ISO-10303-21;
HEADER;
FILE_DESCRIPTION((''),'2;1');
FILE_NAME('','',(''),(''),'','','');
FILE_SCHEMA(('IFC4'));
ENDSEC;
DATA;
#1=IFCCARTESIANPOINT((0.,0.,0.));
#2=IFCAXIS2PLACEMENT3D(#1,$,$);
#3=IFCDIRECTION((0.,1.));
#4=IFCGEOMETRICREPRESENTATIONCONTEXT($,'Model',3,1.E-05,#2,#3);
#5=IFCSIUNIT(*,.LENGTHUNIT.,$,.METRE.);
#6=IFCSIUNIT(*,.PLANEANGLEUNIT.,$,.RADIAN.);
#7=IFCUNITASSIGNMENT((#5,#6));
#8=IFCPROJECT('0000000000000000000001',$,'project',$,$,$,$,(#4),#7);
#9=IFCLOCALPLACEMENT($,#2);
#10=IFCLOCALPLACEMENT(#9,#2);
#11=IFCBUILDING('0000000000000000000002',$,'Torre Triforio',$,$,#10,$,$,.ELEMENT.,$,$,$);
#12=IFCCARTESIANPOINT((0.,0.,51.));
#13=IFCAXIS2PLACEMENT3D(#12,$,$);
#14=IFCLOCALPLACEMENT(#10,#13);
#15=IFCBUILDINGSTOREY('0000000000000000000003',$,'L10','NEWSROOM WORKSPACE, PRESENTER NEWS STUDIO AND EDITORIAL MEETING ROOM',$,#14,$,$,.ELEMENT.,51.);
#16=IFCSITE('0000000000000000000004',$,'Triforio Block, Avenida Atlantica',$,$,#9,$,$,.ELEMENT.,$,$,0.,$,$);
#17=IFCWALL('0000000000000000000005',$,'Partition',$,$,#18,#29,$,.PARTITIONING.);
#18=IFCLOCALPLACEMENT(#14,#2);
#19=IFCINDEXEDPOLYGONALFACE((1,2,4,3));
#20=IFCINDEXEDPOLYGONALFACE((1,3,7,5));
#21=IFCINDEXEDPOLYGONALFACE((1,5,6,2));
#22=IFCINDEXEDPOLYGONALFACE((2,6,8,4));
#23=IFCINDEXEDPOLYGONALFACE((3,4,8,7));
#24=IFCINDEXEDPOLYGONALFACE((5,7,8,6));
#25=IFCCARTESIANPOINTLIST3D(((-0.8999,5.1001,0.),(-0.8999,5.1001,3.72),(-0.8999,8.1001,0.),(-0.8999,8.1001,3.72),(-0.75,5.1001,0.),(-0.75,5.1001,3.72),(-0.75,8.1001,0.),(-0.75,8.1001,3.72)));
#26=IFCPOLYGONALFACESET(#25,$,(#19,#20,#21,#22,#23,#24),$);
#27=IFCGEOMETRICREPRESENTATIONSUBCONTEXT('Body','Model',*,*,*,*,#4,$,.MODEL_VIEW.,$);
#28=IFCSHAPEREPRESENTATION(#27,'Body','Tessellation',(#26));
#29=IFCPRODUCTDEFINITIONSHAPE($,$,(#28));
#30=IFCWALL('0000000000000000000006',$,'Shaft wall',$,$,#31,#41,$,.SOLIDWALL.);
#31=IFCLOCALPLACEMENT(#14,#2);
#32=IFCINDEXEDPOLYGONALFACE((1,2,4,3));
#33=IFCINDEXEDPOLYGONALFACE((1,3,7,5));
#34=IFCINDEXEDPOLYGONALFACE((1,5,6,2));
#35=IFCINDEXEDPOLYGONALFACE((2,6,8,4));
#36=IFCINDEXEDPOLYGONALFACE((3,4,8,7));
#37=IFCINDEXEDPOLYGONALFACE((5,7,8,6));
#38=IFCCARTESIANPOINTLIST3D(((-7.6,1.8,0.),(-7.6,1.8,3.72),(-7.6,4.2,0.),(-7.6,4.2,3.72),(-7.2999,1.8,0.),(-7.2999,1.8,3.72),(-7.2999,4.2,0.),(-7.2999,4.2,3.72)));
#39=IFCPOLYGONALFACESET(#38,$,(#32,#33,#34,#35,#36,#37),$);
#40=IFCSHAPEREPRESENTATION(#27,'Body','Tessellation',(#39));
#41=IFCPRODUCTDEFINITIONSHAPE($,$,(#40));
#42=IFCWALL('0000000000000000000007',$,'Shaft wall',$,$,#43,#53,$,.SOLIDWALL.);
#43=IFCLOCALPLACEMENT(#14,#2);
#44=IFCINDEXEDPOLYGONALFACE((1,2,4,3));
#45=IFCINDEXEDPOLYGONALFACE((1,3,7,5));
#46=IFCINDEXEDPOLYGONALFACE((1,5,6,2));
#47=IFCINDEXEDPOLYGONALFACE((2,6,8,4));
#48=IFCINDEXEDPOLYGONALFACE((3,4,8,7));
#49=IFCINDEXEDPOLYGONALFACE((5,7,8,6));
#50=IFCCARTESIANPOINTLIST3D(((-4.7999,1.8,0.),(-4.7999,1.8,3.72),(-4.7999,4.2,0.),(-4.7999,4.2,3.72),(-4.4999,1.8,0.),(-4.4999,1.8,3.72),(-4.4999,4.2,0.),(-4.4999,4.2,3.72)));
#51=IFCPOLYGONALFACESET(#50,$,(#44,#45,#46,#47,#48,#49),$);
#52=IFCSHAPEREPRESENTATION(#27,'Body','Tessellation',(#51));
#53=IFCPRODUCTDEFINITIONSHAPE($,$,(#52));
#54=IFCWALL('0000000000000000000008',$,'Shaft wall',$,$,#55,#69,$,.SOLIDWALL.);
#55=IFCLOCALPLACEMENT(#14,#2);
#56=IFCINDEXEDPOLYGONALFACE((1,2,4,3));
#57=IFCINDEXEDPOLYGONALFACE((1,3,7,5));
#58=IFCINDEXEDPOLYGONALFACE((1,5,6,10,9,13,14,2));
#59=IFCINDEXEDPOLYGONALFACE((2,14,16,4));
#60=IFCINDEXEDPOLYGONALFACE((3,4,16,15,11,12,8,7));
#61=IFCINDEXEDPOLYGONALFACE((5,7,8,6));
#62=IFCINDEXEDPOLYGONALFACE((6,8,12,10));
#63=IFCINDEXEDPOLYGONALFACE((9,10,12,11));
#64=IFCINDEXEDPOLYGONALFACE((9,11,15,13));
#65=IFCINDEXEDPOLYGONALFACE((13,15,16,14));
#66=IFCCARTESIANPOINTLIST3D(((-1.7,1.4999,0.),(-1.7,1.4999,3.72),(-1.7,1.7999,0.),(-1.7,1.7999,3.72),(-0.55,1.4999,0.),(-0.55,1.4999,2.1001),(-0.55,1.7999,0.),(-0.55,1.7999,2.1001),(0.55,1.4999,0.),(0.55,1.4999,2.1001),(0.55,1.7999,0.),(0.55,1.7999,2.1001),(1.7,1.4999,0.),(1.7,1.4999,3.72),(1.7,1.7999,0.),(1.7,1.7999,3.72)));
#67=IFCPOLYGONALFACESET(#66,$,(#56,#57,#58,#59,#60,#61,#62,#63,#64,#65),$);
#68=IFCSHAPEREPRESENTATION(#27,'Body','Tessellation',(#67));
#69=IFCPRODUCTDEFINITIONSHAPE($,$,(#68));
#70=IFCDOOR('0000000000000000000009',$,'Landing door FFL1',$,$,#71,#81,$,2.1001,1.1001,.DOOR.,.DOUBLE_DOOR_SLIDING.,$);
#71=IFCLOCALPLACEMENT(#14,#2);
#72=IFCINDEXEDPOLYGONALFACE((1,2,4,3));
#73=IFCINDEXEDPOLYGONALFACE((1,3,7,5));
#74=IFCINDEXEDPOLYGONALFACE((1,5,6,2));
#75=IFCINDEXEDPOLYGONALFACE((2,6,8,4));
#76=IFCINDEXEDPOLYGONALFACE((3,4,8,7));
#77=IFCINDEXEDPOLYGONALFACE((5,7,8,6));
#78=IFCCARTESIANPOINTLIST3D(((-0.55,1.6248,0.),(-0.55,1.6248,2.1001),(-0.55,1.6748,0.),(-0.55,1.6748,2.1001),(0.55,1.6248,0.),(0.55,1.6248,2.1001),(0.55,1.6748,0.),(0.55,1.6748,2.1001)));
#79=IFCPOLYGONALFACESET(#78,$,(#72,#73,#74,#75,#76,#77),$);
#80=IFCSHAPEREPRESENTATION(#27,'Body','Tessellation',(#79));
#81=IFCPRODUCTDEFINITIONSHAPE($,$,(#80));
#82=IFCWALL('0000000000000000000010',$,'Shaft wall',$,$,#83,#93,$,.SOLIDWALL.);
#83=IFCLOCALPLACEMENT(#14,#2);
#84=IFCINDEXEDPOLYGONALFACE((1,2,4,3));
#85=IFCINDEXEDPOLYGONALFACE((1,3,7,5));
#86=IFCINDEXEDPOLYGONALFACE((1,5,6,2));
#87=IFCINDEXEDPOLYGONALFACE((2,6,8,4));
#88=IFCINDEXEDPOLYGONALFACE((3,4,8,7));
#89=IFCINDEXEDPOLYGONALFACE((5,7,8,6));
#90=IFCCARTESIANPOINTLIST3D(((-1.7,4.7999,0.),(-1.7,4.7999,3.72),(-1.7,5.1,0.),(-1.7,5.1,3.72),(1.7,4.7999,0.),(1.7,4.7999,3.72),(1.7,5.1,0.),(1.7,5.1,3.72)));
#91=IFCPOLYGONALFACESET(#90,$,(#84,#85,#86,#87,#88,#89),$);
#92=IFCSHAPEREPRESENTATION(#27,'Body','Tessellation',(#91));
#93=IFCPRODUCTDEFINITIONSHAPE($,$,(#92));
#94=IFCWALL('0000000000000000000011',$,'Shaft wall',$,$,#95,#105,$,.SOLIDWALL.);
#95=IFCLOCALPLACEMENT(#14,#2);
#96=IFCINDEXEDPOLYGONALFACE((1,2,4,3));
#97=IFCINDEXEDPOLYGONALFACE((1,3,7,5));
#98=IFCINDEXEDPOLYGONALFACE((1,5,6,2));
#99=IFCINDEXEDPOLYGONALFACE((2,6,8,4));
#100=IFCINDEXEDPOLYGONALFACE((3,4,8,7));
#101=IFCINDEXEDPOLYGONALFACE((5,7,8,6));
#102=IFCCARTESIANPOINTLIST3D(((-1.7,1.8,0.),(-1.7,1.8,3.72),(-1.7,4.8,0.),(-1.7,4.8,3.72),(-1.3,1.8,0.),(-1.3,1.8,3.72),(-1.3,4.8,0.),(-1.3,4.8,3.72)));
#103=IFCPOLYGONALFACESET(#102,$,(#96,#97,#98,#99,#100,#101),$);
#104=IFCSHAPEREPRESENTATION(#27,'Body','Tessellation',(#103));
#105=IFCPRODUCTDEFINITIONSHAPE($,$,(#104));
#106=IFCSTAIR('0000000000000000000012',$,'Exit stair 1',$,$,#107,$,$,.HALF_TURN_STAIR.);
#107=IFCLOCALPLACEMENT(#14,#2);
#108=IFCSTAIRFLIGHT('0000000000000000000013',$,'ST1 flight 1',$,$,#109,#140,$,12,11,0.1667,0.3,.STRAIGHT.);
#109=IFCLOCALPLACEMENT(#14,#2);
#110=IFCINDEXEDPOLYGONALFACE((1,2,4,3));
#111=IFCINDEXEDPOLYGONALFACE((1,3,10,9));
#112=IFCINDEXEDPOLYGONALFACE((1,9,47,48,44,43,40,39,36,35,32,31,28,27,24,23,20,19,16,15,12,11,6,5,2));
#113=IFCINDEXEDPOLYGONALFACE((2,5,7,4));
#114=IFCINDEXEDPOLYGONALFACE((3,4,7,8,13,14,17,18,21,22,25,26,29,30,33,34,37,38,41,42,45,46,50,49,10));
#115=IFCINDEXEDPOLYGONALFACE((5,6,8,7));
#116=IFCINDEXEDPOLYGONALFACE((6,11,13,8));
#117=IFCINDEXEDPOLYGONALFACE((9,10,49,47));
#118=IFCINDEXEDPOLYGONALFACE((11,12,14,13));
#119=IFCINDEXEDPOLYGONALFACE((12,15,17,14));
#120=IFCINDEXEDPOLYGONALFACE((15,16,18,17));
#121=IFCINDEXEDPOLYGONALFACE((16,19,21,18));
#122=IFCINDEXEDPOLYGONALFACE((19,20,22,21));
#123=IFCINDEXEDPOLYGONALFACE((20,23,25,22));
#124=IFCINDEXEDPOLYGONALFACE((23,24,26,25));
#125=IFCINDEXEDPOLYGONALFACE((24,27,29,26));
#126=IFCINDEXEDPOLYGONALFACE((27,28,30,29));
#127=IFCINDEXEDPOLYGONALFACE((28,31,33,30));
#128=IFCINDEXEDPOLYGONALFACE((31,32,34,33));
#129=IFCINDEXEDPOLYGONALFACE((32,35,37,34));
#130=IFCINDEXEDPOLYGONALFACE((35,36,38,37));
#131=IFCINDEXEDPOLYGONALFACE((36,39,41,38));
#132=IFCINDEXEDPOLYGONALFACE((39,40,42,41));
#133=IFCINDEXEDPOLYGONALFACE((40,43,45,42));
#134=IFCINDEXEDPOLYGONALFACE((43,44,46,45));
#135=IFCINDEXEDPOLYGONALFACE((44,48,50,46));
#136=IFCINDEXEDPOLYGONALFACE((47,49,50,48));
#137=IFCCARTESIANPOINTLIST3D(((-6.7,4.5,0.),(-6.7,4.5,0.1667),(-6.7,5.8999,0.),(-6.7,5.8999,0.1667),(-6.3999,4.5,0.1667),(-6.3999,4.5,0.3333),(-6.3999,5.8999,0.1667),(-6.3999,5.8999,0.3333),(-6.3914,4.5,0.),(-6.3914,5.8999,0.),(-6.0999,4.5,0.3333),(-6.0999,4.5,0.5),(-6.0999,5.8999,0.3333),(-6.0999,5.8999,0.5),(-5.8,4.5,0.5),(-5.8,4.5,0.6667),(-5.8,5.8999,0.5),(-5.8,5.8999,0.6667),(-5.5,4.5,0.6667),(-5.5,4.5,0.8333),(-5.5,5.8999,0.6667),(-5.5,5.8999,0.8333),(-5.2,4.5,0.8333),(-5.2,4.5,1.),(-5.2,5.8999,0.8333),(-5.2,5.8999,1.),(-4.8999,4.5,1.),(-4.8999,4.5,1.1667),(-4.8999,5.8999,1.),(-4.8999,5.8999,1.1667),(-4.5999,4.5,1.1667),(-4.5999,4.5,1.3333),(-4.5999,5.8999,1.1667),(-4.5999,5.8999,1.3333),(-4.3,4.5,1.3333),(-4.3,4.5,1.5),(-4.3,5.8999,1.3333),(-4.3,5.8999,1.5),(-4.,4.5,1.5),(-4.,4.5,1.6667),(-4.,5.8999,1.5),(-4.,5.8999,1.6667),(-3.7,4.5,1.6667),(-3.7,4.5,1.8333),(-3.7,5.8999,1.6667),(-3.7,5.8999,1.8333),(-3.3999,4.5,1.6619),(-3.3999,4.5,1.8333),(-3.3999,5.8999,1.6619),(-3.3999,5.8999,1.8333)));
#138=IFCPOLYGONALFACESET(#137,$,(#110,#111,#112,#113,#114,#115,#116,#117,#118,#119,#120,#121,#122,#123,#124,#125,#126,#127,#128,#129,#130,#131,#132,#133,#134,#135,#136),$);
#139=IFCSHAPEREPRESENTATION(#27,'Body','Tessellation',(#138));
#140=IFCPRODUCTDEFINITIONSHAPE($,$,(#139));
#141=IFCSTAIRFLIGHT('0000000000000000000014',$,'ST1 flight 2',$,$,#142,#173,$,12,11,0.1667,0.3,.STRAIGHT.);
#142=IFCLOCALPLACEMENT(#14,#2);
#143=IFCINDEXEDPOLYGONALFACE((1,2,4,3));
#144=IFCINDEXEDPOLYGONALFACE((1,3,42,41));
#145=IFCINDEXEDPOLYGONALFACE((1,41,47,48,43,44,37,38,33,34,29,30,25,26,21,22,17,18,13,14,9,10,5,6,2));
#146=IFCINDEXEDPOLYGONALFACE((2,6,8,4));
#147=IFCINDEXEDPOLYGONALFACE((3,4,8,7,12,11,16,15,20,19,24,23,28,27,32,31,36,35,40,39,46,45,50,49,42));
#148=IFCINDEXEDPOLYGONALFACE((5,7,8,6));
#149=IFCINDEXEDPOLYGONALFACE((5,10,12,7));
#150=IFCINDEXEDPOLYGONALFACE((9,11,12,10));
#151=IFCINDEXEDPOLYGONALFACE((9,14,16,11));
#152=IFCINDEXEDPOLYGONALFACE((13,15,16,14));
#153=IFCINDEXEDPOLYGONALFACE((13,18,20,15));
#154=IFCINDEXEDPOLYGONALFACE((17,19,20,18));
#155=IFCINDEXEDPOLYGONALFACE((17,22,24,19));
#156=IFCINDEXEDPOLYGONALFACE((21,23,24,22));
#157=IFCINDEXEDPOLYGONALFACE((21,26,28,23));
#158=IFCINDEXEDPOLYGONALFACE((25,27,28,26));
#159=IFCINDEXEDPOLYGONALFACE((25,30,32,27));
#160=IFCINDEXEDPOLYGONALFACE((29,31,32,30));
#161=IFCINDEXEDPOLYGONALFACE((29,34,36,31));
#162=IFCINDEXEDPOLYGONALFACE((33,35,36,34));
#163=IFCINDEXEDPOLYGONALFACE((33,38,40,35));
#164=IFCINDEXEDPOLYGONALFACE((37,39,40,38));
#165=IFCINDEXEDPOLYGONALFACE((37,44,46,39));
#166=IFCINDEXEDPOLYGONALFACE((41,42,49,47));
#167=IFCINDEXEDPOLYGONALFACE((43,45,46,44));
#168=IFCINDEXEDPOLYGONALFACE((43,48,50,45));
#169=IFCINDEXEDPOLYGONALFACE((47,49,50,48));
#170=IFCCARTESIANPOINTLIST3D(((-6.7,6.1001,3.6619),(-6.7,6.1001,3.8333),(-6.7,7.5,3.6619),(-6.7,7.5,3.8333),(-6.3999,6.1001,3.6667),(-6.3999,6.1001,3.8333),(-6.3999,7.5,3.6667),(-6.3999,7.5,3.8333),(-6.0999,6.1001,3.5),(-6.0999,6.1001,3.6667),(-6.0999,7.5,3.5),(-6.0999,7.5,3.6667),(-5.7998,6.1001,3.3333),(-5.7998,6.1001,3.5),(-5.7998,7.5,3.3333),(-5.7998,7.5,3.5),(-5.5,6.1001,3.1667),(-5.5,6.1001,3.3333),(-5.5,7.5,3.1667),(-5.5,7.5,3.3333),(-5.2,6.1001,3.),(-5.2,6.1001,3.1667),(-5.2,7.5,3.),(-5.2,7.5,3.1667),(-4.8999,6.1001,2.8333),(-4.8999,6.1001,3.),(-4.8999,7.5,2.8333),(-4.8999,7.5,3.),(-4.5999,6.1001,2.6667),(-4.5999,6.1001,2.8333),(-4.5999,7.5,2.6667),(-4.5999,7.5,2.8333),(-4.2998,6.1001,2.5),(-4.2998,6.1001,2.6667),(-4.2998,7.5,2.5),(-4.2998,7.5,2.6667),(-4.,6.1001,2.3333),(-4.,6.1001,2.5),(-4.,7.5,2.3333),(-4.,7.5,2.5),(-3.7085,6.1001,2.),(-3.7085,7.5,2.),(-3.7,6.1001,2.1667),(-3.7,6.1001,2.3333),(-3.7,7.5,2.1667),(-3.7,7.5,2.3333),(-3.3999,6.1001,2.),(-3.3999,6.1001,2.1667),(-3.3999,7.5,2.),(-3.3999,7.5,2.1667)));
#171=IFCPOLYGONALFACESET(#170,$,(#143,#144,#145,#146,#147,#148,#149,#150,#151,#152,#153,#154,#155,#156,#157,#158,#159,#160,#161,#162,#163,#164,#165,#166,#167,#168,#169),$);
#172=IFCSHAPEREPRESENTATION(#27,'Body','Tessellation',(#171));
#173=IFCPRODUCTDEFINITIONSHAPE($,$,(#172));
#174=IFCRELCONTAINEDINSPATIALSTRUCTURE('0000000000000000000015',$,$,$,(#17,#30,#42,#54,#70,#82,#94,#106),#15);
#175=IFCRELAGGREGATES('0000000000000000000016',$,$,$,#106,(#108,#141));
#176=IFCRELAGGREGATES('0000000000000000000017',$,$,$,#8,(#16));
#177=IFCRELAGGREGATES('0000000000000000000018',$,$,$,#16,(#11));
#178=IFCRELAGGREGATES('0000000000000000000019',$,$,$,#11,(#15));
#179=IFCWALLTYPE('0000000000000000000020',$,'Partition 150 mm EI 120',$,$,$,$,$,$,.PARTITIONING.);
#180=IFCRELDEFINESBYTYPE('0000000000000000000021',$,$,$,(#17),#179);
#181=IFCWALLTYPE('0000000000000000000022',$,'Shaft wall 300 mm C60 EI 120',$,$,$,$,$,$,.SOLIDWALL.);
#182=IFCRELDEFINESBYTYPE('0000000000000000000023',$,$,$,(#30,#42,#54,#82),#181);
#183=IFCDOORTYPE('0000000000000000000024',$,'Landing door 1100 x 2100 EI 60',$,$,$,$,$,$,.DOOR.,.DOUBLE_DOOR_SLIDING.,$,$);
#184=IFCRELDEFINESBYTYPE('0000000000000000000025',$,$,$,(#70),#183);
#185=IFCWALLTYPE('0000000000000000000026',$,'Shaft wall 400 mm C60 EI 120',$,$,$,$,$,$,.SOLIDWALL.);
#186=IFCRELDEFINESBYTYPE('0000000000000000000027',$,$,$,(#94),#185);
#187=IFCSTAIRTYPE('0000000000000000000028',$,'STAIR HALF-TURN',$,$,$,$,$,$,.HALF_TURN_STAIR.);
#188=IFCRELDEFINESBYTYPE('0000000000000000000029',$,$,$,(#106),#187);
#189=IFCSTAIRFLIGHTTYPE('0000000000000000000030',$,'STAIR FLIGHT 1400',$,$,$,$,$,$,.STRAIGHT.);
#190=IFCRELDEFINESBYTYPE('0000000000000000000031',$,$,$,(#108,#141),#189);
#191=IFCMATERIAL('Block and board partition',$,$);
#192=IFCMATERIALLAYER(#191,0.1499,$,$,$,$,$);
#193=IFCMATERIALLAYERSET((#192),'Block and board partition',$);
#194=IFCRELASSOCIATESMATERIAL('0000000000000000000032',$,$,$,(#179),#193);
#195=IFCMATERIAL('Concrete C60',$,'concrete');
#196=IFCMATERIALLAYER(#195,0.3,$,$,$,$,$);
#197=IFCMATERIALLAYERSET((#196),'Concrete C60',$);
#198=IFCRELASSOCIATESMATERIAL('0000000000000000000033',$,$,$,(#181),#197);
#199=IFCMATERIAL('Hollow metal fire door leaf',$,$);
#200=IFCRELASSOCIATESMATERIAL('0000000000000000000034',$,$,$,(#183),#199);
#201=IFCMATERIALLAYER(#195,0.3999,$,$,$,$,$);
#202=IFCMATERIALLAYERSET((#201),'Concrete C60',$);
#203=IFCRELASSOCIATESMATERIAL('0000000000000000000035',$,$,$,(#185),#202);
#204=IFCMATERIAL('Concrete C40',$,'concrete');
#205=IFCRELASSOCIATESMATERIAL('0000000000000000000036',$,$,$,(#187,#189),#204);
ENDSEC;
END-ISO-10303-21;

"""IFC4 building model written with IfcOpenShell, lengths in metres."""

from ifc_helpers import new_model, si_unit, direction, frame, frame_2d, origin, place, context, subcontext, project, spatial, polyline, rectangle, outline, extrude, material, layer, layer_set, type_object, element, fill, aggregate, save


model = new_model("IFC4")

# Units and contexts
model_context = context("Model", 3, precision=1e-05, world=origin(), true_north=direction((0.0, 1.0)))
body_context = subcontext(model_context, "Body", "Model", "MODEL_VIEW")
ifc_project = project(units=[si_unit("LENGTHUNIT", "METRE"), si_unit("PLANEANGLEUNIT", "RADIAN")], contexts=[model_context])

# Site, building, storey
site_placement = place(None, origin())
site = spatial("IfcSite", under=ifc_project, at=site_placement, Name="Triforio Block, Avenida Atlantica", CompositionType="ELEMENT", RefElevation=0.0)
building_placement = place(site_placement, origin())
building = spatial("IfcBuilding", under=site, at=building_placement, Name="Torre Triforio", CompositionType="ELEMENT")
storey_placement = place(building_placement, frame((0.0, 0.0, 51.0)))
storey = spatial("IfcBuildingStorey", under=building, at=storey_placement, Name="L10", Description="NEWSROOM WORKSPACE, PRESENTER NEWS STUDIO AND EDITORIAL MEETING ROOM", CompositionType="ELEMENT", Elevation=51.0)

# Walls
ifc_material_1 = material(Name="Concrete C60", Category="concrete")
ifc_material_2 = material(Name="Block and board partition")
ifc_layer_1 = layer(ifc_material_2, 0.1499)
ifc_layer_set_1 = layer_set([ifc_layer_1], Name="Block and board partition")
wall_type_1 = type_object("IfcWallType", Name="Partition 150 mm EI 120", PredefinedType="PARTITIONING", material=ifc_layer_set_1)
wall_1_placement = place(storey_placement, frame((-0.825, 5.1001, 0.0), z_axis=(0.0, 0.0, 1.0), x_axis=(0.0, 1.0, 0.0)))
element("IfcWall", 1, at=wall_1_placement, inside=storey, type_object=wall_type_1, Name="Partition", PredefinedType="PARTITIONING", context=body_context, shape_type="SweptSolid", body=[
    extrude(rectangle(XDim=3.0, YDim=0.1499, at=frame_2d((1.5, 0.0))), origin(), (0.0, 0.0, 1.0), 3.72),
])
ifc_layer_2 = layer(ifc_material_1, 0.3)
ifc_layer_set_2 = layer_set([ifc_layer_2], Name="Concrete C60")
wall_type_2 = type_object("IfcWallType", Name="Shaft wall 300 mm C60 EI 120", PredefinedType="SOLIDWALL", material=ifc_layer_set_2)
for number, where, z_axis, x_axis, name in (
    (2, (-7.45, 1.8, 0.0), (0.0, 0.0, 1.0), (0.0, 1.0, 0.0), "Shaft wall"),
    (3, (-4.6499, 1.8, 0.0), (0.0, 0.0, 1.0), (0.0, 1.0, 0.0), "Shaft wall"),
):
    element("IfcWall", number, at=place(storey_placement, frame(where, z_axis=z_axis, x_axis=x_axis)), inside=storey, type_object=wall_type_2, Name=name, PredefinedType="SOLIDWALL", context=body_context, shape_type="SweptSolid", body=[
        extrude(rectangle(XDim=2.3999, YDim=0.3, at=frame_2d((1.2, 0.0))), origin(), (0.0, 0.0, 1.0), 3.72),
    ])

# Wall, opening, door
wall_2_placement = place(storey_placement, frame((-1.7, 1.6499, 0.0), z_axis=(0.0, 0.0, 1.0), x_axis=(1.0, 0.0, 0.0)))
wall_2 = element("IfcWall", 4, at=wall_2_placement, inside=storey, type_object=wall_type_2, Name="Shaft wall", PredefinedType="SOLIDWALL", context=body_context, shape_type="SweptSolid", body=[
    extrude(rectangle(XDim=3.3999, YDim=0.3, at=frame_2d((1.7, 0.0))), origin(), (0.0, 0.0, 1.0), 3.72),
])
opening_placement = place(wall_2_placement, frame((1.1499, 0.0, 0.0)))
opening = element("IfcOpeningElement", 5, at=opening_placement, cuts=wall_2, PredefinedType="OPENING", context=body_context, shape_type="SweptSolid", body=[
    extrude(rectangle(XDim=1.1001, YDim=2.1001, at=frame_2d((0.55, 1.05))), frame((0.0, 0.1599, 0.0), z_axis=(0.0, -1.0, 0.0), x_axis=(1.0, 0.0, 0.0)), (0.0, 0.0, 1.0), 0.3201),
])
ifc_material_3 = material(Name="Hollow metal fire door leaf")
door_type = type_object("IfcDoorType", Name="Landing door 1100 x 2100 EI 60", OperationType="DOUBLE_DOOR_SLIDING", PredefinedType="DOOR", material=ifc_material_3)
door_placement = place(opening_placement, origin())
door = element("IfcDoor", 6, at=door_placement, inside=storey, type_object=door_type, Name="Landing door FFL1", OperationType="DOUBLE_DOOR_SLIDING", OverallHeight=2.1001, OverallWidth=1.1001, PredefinedType="DOOR", context=body_context, shape_type="SweptSolid", body=[
    extrude(rectangle(XDim=1.1001, YDim=2.1001, at=frame_2d((0.55, 1.05))), frame((0.0, 0.0249, 0.0), z_axis=(0.0, -1.0, 0.0), x_axis=(1.0, 0.0, 0.0)), (0.0, 0.0, 1.0), 0.05),
])
fill(opening, door)

# Walls
wall_3_placement = place(storey_placement, frame((-1.7, 4.95, 0.0), z_axis=(0.0, 0.0, 1.0), x_axis=(1.0, 0.0, 0.0)))
element("IfcWall", 7, at=wall_3_placement, inside=storey, type_object=wall_type_2, Name="Shaft wall", PredefinedType="SOLIDWALL", context=body_context, shape_type="SweptSolid", body=[
    extrude(rectangle(XDim=3.3999, YDim=0.3, at=frame_2d((1.7, 0.0))), origin(), (0.0, 0.0, 1.0), 3.72),
])
ifc_layer_3 = layer(ifc_material_1, 0.3999)
ifc_layer_set_3 = layer_set([ifc_layer_3], Name="Concrete C60")
wall_type_3 = type_object("IfcWallType", Name="Shaft wall 400 mm C60 EI 120", PredefinedType="SOLIDWALL", material=ifc_layer_set_3)
wall_4_placement = place(storey_placement, frame((-1.5, 1.8, 0.0), z_axis=(0.0, 0.0, 1.0), x_axis=(0.0, 1.0, 0.0)))
element("IfcWall", 8, at=wall_4_placement, inside=storey, type_object=wall_type_3, Name="Shaft wall", PredefinedType="SOLIDWALL", context=body_context, shape_type="SweptSolid", body=[
    extrude(rectangle(XDim=3.0, YDim=0.3999, at=frame_2d((1.5, 0.0))), origin(), (0.0, 0.0, 1.0), 3.72),
])

# Stair, stair flights
ifc_material_4 = material(Name="Concrete C40", Category="concrete")
stair_type = type_object("IfcStairType", Name="STAIR HALF-TURN", PredefinedType="HALF_TURN_STAIR", material=ifc_material_4)
stair_placement = place(storey_placement, origin())
stair = element("IfcStair", 9, at=stair_placement, inside=storey, type_object=stair_type, Name="Exit stair 1", PredefinedType="HALF_TURN_STAIR")
stair_flight_type = type_object("IfcStairFlightType", Name="STAIR FLIGHT 1400", PredefinedType="STRAIGHT", material=ifc_material_4)
stair_flight_1_placement = place(storey_placement, frame((-6.7, 5.2, 0.0), z_axis=(0.0, 0.0, 1.0), x_axis=(1.0, 0.0, 0.0)))
stair_flight_1 = element("IfcStairFlight", 10, at=stair_flight_1_placement, type_object=stair_flight_type, Name="ST1 flight 1", NumberOfRisers=12, NumberOfTreads=11, PredefinedType="STRAIGHT", RiserHeight=0.1667, TreadLength=0.3, context=body_context, shape_type="SweptSolid", body=[
    extrude(outline(polyline([(0.0, 0.0), (0.0, 0.1667), (0.3, 0.1667), (0.3, 0.3333), (0.6001, 0.3333), (0.6001, 0.5), (0.8999, 0.5), (0.8999, 0.6667), (1.2, 0.6667), (1.2, 0.8333), (1.5, 0.8333), (1.5, 1.0), (1.8, 1.0), (1.8, 1.1667), (2.1001, 1.1667), (2.1001, 1.3333), (2.3999, 1.3333), (2.3999, 1.5), (2.7, 1.5), (2.7, 1.6667), (3.0, 1.6667), (3.0, 1.8333), (3.3, 1.8333), (3.3, 2.0), (3.3, 1.6619), (0.3086, 0.0), (0.0, 0.0)])), frame((0.0, 0.7, 0.0), z_axis=(0.0, -1.0, 0.0), x_axis=(1.0, 0.0, 0.0)), (0.0, 0.0, 1.0), 1.3999),
])
stair_flight_2_placement = place(storey_placement, frame((-3.3999, 6.8, 2.0), z_axis=(0.0, 0.0, 1.0), x_axis=(-1.0, 0.0, 0.0)))
stair_flight_2 = element("IfcStairFlight", 11, at=stair_flight_2_placement, type_object=stair_flight_type, Name="ST1 flight 2", NumberOfRisers=12, NumberOfTreads=11, PredefinedType="STRAIGHT", RiserHeight=0.1667, TreadLength=0.3, context=body_context, shape_type="SweptSolid", body=[
    extrude(outline(polyline([(0.0, 0.0), (0.0, 0.1667), (0.3, 0.1667), (0.3, 0.3333), (0.6001, 0.3333), (0.6001, 0.5), (0.8999, 0.5), (0.8999, 0.6667), (1.2, 0.6667), (1.2, 0.8333), (1.5, 0.8333), (1.5, 1.0), (1.8, 1.0), (1.8, 1.1667), (2.1001, 1.1667), (2.1001, 1.3333), (2.3999, 1.3333), (2.3999, 1.5), (2.7, 1.5), (2.7, 1.6667), (3.0, 1.6667), (3.0, 1.8333), (3.3, 1.8333), (3.3, 2.0), (3.3, 1.6619), (0.3086, 0.0), (0.0, 0.0)])), frame((0.0, 0.7, 0.0), z_axis=(0.0, -1.0, 0.0), x_axis=(1.0, 0.0, 0.0)), (0.0, 0.0, 1.0), 1.3999),
])
aggregate(stair, [stair_flight_1, stair_flight_2])

save(model, "model.ifc")
